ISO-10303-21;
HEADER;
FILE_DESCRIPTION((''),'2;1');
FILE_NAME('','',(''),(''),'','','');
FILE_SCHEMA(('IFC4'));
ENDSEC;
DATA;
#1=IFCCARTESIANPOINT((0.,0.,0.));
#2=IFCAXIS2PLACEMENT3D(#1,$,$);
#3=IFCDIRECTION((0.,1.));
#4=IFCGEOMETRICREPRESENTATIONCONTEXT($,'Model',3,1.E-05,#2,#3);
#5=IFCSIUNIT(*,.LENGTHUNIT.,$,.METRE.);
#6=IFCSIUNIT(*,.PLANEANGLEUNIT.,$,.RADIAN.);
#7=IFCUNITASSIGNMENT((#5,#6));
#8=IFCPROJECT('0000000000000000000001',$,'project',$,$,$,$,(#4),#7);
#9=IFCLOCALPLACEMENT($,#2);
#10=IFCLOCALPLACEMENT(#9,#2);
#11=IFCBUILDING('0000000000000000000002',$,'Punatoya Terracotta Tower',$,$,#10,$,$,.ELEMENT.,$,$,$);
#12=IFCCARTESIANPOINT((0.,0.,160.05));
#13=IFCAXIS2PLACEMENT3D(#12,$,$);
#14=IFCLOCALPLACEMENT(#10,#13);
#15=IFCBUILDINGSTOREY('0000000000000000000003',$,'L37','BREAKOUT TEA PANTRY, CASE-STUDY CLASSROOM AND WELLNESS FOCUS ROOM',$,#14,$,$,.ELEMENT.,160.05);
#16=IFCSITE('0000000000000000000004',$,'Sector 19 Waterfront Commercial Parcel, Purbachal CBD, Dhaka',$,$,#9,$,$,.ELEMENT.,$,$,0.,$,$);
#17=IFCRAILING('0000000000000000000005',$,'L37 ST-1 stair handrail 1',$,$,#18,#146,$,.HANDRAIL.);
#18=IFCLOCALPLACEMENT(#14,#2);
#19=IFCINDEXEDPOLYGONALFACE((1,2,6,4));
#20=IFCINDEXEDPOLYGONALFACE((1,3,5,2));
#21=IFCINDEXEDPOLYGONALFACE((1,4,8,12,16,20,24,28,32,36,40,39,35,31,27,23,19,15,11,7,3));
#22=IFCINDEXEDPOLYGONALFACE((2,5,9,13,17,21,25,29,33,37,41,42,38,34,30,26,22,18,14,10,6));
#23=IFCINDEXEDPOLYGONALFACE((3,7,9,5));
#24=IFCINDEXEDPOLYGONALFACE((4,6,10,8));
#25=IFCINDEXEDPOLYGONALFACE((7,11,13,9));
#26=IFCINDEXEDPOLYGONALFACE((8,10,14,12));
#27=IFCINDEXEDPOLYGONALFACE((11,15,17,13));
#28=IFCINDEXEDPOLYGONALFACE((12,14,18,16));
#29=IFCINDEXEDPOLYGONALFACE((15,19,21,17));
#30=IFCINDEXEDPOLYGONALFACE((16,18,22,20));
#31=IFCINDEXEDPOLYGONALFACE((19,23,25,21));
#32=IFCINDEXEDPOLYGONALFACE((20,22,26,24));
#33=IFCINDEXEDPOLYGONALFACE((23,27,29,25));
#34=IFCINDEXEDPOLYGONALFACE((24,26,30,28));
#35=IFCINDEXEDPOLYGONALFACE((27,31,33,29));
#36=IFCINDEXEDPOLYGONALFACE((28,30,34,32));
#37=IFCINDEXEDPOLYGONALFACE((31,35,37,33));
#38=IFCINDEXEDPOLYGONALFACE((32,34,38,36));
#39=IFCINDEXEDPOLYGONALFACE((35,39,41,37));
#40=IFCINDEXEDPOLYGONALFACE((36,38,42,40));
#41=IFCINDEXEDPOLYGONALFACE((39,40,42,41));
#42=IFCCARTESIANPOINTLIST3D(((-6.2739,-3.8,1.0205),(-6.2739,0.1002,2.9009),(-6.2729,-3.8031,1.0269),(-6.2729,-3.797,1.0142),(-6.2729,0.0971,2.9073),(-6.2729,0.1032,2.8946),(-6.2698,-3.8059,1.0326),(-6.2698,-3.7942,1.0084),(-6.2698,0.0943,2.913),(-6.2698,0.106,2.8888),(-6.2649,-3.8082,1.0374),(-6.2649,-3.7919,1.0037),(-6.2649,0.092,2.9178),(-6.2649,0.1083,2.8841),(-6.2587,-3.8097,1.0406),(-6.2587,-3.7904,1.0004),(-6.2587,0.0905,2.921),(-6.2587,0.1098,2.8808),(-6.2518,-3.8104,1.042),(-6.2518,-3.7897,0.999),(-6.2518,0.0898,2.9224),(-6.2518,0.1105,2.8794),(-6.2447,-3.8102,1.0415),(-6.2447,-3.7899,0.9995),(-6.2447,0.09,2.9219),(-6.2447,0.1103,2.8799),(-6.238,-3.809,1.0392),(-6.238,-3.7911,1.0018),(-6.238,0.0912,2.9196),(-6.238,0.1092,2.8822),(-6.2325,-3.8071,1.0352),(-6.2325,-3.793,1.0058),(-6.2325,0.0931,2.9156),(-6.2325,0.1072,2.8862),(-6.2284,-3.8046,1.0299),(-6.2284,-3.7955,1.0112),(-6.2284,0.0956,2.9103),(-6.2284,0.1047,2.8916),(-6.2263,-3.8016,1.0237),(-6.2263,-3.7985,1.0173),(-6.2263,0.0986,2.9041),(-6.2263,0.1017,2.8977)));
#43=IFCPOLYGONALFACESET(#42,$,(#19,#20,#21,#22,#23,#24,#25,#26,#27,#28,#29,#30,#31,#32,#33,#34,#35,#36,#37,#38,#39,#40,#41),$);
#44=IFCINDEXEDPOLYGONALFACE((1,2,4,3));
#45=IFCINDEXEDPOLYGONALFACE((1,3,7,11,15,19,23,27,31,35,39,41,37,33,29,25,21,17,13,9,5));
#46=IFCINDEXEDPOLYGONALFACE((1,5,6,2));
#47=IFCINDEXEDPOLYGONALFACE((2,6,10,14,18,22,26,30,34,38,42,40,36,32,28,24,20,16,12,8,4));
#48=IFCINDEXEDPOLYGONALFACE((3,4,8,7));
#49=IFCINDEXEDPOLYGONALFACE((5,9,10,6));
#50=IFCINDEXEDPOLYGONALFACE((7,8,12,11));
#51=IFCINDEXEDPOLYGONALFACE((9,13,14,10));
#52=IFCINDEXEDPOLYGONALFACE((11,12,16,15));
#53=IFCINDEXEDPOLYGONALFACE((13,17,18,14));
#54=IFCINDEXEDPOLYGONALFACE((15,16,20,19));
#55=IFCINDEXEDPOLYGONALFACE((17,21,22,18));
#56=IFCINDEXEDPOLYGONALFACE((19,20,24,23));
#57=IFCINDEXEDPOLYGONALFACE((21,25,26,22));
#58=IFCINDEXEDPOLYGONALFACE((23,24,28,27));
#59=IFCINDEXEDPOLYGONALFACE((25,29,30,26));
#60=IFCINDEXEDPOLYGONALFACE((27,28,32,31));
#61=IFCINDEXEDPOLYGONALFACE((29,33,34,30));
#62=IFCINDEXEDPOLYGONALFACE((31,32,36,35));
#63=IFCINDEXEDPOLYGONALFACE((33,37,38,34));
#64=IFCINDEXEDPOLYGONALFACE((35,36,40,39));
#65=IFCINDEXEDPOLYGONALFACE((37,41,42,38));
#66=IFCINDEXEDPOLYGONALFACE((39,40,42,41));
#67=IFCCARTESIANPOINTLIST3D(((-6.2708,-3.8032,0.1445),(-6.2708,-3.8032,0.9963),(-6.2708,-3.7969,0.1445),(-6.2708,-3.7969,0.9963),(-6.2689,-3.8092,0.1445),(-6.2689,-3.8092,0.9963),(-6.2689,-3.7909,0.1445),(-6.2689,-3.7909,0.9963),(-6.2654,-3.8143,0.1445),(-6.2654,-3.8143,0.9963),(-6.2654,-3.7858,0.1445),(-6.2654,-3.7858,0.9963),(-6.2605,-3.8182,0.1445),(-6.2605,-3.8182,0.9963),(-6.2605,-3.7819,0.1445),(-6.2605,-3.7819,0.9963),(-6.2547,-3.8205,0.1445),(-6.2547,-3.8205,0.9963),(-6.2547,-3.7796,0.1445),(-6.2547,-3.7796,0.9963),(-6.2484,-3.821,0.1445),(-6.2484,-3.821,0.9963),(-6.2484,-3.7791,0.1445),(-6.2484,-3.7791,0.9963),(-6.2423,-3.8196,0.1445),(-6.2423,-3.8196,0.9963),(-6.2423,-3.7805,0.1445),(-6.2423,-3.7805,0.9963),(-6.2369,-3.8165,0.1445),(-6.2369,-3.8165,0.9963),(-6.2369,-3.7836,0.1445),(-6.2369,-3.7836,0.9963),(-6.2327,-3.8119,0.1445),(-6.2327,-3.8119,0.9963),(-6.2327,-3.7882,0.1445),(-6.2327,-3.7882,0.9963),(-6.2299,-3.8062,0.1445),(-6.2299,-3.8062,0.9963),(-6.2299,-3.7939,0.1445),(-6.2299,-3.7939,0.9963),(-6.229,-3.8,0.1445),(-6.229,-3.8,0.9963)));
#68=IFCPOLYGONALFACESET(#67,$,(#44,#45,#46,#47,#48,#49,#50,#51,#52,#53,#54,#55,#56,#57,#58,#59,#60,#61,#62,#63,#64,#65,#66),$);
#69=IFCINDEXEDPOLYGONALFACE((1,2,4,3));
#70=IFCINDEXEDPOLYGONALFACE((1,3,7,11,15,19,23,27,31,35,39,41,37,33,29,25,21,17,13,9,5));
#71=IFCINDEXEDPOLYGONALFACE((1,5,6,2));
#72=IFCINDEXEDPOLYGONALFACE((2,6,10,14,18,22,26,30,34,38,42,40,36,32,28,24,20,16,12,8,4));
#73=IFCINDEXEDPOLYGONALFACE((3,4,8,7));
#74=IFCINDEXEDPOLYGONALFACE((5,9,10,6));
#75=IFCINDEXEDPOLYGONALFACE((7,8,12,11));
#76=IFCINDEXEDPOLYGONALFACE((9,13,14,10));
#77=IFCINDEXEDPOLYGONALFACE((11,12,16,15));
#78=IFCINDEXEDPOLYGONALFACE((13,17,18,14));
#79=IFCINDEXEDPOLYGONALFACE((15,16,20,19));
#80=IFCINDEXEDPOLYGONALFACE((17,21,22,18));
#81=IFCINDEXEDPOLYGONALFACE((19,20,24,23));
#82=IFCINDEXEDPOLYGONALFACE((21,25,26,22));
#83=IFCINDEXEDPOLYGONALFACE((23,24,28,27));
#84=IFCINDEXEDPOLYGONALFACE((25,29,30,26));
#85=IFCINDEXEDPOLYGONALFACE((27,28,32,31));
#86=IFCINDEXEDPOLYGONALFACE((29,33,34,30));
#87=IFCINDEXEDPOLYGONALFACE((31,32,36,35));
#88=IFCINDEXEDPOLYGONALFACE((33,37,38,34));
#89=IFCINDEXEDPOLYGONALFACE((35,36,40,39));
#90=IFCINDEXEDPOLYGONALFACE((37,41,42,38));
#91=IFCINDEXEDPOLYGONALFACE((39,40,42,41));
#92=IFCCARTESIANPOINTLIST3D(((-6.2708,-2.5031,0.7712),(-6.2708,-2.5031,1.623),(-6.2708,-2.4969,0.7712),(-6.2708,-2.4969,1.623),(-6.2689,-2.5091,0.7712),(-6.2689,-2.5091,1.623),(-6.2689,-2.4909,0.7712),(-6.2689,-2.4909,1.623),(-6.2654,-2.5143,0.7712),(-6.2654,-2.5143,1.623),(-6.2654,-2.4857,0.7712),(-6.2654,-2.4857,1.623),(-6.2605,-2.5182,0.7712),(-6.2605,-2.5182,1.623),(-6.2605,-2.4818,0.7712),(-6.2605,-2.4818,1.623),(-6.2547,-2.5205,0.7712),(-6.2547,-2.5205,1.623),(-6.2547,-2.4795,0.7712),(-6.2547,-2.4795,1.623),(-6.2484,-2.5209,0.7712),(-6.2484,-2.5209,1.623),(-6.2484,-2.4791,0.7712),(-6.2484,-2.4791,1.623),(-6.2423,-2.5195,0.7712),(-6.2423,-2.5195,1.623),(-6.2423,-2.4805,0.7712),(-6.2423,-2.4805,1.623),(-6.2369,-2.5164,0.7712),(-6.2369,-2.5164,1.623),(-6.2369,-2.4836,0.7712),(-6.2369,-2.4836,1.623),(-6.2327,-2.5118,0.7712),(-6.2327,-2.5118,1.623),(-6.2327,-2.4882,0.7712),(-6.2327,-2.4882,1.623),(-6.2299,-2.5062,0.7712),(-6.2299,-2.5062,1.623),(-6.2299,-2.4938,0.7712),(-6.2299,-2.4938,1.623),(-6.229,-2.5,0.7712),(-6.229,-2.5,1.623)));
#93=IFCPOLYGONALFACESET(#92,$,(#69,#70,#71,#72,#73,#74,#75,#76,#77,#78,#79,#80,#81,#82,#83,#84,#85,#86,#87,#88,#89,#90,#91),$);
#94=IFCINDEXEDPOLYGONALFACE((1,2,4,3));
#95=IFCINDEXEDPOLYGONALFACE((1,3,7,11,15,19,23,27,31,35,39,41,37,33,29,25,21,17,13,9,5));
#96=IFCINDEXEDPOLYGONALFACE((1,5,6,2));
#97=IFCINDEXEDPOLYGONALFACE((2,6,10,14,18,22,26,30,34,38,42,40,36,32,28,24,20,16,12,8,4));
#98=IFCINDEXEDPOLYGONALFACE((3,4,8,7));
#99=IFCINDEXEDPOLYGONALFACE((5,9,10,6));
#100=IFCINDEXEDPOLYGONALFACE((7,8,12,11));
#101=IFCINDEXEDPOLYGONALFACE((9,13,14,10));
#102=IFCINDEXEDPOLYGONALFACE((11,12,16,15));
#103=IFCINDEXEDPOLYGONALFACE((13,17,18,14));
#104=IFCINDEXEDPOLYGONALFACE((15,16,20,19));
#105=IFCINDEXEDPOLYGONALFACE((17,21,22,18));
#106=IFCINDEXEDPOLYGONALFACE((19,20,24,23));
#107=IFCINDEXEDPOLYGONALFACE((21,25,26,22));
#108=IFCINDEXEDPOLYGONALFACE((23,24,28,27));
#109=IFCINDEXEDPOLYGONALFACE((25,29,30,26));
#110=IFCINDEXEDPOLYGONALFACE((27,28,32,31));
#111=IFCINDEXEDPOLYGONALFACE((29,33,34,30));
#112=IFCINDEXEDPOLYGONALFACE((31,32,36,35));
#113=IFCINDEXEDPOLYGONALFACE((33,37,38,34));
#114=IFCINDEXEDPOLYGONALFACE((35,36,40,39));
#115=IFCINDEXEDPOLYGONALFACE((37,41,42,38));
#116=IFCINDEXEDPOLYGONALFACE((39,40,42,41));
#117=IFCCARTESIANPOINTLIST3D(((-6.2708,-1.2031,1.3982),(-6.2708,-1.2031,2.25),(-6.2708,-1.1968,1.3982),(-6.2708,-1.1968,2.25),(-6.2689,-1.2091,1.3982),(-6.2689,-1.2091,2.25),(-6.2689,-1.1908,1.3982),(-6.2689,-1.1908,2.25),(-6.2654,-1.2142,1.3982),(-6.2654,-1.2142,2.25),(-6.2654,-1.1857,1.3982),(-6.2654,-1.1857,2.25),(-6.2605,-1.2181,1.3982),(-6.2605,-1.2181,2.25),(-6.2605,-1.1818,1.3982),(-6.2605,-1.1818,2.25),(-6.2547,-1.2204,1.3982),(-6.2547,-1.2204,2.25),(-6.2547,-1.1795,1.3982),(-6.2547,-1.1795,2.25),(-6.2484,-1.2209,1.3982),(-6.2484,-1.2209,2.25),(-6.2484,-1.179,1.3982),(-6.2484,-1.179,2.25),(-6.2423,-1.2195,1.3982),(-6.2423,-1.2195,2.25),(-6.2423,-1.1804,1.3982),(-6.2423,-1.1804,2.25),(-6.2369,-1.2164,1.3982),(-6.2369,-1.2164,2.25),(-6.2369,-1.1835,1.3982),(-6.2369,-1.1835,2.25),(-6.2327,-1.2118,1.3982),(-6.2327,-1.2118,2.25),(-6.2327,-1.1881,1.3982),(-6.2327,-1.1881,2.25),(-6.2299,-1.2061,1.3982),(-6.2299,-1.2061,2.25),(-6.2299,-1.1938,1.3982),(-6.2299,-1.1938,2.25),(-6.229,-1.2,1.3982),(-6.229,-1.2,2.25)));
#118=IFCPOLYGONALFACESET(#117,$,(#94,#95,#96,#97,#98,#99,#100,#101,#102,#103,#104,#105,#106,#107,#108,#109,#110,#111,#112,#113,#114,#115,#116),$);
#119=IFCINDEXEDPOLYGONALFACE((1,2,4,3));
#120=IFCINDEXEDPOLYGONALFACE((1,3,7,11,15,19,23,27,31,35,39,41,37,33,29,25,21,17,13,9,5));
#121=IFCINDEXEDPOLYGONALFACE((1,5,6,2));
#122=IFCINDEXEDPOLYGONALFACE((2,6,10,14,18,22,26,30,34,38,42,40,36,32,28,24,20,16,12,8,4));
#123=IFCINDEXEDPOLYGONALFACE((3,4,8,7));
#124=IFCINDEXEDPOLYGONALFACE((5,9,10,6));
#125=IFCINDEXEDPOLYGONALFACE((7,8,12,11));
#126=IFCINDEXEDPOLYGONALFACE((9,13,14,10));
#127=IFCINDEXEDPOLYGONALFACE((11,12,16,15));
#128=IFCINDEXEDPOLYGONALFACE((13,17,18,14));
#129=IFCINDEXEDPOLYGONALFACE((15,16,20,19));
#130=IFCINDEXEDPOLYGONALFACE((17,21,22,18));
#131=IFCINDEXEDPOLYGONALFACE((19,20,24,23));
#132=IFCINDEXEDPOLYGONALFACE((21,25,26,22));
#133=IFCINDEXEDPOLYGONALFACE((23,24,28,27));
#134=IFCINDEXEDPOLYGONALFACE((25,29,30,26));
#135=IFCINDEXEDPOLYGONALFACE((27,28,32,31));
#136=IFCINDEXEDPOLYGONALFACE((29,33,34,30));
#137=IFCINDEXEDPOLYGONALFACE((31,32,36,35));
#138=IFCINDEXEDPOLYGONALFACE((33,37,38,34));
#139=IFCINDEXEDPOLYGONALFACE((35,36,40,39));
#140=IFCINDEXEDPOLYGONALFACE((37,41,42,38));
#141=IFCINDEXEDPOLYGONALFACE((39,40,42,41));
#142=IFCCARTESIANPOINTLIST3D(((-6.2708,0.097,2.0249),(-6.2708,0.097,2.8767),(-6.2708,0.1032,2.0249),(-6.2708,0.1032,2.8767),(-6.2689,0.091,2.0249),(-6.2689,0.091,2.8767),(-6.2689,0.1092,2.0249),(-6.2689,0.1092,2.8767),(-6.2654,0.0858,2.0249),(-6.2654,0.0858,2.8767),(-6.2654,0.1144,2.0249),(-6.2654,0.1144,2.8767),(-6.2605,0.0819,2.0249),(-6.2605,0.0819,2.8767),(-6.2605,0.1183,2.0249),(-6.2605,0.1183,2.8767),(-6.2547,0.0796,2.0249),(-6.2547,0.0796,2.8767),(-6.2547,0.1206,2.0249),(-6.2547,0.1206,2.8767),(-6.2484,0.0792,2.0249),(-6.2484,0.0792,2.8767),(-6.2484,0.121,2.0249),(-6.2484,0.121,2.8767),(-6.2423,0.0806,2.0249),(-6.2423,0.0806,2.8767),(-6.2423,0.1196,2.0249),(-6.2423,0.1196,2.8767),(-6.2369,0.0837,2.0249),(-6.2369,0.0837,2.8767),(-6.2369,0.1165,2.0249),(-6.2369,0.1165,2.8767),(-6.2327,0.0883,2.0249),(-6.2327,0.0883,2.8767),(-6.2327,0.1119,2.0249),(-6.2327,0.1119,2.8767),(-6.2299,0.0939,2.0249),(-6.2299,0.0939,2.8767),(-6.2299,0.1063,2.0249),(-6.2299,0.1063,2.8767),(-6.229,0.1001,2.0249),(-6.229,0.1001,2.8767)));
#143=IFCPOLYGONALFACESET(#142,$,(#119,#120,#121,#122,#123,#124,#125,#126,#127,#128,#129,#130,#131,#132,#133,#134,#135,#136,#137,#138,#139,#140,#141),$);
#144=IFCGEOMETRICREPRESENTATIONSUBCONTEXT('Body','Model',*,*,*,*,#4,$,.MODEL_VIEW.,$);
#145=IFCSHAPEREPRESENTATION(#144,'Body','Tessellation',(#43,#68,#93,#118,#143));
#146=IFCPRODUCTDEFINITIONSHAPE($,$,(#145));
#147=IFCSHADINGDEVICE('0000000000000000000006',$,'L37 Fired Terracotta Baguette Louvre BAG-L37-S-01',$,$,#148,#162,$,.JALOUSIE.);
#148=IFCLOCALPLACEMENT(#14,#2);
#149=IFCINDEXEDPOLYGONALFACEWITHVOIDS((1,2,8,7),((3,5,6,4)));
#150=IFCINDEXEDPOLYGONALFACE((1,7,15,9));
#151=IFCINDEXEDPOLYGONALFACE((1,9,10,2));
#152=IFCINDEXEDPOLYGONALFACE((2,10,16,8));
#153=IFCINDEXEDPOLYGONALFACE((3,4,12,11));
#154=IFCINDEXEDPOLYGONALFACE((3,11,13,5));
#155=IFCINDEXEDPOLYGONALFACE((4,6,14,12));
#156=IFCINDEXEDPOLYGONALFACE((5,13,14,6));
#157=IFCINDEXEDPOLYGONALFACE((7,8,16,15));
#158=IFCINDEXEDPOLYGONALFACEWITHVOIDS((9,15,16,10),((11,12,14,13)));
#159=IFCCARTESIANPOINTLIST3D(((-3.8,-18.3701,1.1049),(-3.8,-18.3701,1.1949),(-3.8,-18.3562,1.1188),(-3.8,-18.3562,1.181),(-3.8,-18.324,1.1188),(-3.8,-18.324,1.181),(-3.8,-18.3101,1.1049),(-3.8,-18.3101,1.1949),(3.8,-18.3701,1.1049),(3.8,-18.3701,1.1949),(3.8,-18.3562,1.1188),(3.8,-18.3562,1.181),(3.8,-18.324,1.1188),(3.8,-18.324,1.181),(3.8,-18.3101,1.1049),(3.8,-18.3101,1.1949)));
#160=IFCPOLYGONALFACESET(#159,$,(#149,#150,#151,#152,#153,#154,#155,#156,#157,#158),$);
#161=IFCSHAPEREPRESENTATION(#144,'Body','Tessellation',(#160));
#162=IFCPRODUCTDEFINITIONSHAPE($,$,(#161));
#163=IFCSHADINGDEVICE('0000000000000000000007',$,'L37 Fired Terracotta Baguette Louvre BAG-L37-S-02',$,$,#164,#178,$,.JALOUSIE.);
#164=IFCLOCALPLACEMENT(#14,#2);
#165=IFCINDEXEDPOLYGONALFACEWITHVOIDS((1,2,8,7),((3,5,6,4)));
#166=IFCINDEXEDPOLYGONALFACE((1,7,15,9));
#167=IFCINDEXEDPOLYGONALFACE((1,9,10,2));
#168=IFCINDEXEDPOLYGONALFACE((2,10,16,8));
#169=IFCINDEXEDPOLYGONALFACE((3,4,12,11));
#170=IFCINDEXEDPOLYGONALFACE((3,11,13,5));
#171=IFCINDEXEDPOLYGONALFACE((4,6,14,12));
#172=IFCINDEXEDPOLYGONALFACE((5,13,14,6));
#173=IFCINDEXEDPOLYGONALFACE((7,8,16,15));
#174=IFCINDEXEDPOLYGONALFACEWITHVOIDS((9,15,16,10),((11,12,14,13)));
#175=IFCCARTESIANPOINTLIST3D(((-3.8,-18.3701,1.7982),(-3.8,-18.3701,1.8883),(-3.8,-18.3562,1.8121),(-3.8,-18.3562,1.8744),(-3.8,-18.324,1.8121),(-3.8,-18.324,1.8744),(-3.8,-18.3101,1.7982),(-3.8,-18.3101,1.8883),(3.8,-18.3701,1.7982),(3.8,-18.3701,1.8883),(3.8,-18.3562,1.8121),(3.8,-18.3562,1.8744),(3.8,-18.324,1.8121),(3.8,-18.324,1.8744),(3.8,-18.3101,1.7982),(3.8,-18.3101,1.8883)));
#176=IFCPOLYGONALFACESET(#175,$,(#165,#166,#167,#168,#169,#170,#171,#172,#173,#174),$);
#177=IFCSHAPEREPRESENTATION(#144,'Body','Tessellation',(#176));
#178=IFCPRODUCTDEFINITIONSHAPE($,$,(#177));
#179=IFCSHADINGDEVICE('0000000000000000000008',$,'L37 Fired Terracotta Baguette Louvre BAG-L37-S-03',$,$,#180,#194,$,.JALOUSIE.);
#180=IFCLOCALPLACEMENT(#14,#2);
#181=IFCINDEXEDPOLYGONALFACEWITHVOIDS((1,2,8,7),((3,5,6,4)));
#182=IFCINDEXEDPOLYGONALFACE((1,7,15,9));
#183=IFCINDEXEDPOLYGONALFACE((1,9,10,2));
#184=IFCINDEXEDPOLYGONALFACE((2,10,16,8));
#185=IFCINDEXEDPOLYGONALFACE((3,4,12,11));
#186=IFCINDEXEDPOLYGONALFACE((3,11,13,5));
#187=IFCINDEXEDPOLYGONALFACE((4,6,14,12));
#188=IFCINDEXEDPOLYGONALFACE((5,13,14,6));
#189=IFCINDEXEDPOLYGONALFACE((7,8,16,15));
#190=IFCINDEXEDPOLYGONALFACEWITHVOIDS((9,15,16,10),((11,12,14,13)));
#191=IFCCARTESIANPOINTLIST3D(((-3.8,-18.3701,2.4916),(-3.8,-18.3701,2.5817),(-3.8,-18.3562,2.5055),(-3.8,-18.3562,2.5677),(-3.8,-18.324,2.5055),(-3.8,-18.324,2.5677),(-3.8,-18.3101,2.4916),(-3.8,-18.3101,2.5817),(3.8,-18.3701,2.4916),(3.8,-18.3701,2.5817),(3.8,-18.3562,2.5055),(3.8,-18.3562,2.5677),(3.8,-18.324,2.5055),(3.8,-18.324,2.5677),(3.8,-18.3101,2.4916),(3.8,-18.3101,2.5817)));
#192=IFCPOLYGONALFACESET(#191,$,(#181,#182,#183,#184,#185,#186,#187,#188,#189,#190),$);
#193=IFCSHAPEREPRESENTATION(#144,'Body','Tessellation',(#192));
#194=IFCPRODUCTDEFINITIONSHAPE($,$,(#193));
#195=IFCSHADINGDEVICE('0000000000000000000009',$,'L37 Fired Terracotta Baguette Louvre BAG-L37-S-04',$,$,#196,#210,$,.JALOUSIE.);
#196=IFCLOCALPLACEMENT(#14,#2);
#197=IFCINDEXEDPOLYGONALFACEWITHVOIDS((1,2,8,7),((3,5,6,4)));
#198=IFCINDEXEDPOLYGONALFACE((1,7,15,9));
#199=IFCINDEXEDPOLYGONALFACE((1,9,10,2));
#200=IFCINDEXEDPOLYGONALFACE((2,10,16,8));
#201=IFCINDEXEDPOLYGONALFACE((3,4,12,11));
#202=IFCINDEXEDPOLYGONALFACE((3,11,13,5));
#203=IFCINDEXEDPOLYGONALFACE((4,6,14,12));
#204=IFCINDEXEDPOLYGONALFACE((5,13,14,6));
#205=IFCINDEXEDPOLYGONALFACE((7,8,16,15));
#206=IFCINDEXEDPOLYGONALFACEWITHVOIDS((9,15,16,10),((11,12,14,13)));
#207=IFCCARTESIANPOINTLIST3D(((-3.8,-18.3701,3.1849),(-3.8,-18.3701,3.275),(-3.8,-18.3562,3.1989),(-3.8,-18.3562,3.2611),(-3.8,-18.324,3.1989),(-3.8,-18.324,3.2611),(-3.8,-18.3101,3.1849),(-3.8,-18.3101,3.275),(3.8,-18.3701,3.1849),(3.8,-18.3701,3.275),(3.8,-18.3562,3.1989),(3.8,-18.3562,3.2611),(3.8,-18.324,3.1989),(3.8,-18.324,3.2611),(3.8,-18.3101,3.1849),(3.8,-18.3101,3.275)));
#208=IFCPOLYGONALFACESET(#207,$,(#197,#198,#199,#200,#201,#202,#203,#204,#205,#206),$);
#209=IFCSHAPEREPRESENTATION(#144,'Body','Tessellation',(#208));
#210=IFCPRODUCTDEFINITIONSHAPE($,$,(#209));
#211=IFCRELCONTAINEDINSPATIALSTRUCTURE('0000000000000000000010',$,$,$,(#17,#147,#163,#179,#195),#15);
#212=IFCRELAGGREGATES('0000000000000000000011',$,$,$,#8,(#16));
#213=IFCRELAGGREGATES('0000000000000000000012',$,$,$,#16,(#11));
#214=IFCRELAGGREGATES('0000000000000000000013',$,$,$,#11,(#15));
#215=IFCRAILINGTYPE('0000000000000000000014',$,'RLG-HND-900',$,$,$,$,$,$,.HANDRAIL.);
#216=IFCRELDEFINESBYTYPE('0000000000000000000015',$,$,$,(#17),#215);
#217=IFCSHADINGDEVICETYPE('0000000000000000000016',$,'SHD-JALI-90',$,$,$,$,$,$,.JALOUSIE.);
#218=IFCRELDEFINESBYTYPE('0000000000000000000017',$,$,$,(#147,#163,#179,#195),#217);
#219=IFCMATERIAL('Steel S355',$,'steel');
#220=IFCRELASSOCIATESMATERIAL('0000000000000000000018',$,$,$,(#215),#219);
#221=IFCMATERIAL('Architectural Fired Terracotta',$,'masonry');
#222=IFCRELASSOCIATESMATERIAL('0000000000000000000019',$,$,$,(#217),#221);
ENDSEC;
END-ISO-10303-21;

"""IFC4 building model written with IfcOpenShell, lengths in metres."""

from ifc_helpers import new_model, si_unit, direction, frame, origin, origin_2d, place, context, subcontext, project, spatial, hollow_rectangle, circle, extrude, material, material_profile, profile_set, type_object, element, save


model = new_model("IFC4")

# Units and contexts
model_context = context("Model", 3, precision=1e-05, world=origin(), true_north=direction((0.0, 1.0)))
body_context = subcontext(model_context, "Body", "Model", "MODEL_VIEW")
ifc_project = project(units=[si_unit("LENGTHUNIT", "METRE"), si_unit("PLANEANGLEUNIT", "RADIAN")], contexts=[model_context])

# Site, building, storey
site_placement = place(None, origin())
site = spatial("IfcSite", under=ifc_project, at=site_placement, Name="Sector 19 Waterfront Commercial Parcel, Purbachal CBD, Dhaka", CompositionType="ELEMENT", RefElevation=0.0)
building_placement = place(site_placement, origin())
building = spatial("IfcBuilding", under=site, at=building_placement, Name="Punatoya Terracotta Tower", CompositionType="ELEMENT")
storey_placement = place(building_placement, frame((0.0, 0.0, 160.05)))
storey = spatial("IfcBuildingStorey", under=building, at=storey_placement, Name="L37", Description="BREAKOUT TEA PANTRY, CASE-STUDY CLASSROOM AND WELLNESS FOCUS ROOM", CompositionType="ELEMENT", Elevation=160.05)

# Shared definitions
ifc_material_1 = material(Name="Steel S355", Category="steel")

# Railing
railing_type_1 = type_object("IfcRailingType", Name="RLG-HND-900", PredefinedType="HANDRAIL", material=ifc_material_1)
railing_1_placement = place(storey_placement, frame((-6.25, -3.8, 0.1445)))
element("IfcRailing", 1, at=railing_1_placement, inside=storey, type_object=railing_type_1, Name="L37 ST-1 stair handrail 1", PredefinedType="HANDRAIL", context=body_context, shape_type="SweptSolid", body=[
    extrude(circle(Radius=0.0239, at=origin_2d()), frame((0.0, 0.0, 0.876), z_axis=(0.0, 0.900774, 0.434289), x_axis=(-1.0, 0.0, 0.0)), (0.0, 0.0, 1.0), 4.3298),
    extrude(circle(Radius=0.021, at=origin_2d()), origin(), (0.0, 0.0, 1.0), 0.8518),
    extrude(circle(Radius=0.021, at=origin_2d()), frame((0.0, 1.3, 0.6267)), (0.0, 0.0, 1.0), 0.8518),
    extrude(circle(Radius=0.021, at=origin_2d()), frame((0.0, 2.6001, 1.2537)), (0.0, 0.0, 1.0), 0.8518),
    extrude(circle(Radius=0.021, at=origin_2d()), frame((0.0, 3.9001, 1.8804)), (0.0, 0.0, 1.0), 0.8518),
])

# Shading devices
ifc_material_2 = material(Name="Architectural Fired Terracotta", Category="masonry")
ifc_material_profile_1 = material_profile(ifc_material_2, hollow_rectangle(XDim=0.0601, YDim=0.0901, WallThickness=0.0139, at=origin_2d()))
ifc_profile_set_1 = profile_set([ifc_material_profile_1], Name="Architectural Fired Terracotta")
shading_device_type = type_object("IfcShadingDeviceType", Name="SHD-JALI-90", PredefinedType="JALOUSIE", material=ifc_profile_set_1)
for number, where, z_axis, x_axis, name in (
    (2, (-3.8, -18.3401, 1.1499), (1.0, 0.0, 0.0), (0.0, 1.0, 0.0), "L37 Fired Terracotta Baguette Louvre BAG-L37-S-01"),
    (3, (-3.8, -18.3401, 1.8433), (1.0, 0.0, 0.0), (0.0, 1.0, 0.0), "L37 Fired Terracotta Baguette Louvre BAG-L37-S-02"),
    (4, (-3.8, -18.3401, 2.5366), (1.0, 0.0, 0.0), (0.0, 1.0, 0.0), "L37 Fired Terracotta Baguette Louvre BAG-L37-S-03"),
    (5, (-3.8, -18.3401, 3.23), (1.0, 0.0, 0.0), (0.0, 1.0, 0.0), "L37 Fired Terracotta Baguette Louvre BAG-L37-S-04"),
):
    element("IfcShadingDevice", number, at=place(storey_placement, frame(where, z_axis=z_axis, x_axis=x_axis)), inside=storey, type_object=shading_device_type, Name=name, PredefinedType="JALOUSIE", context=body_context, shape_type="SweptSolid", body=[
        extrude(hollow_rectangle(XDim=0.0601, YDim=0.0901, WallThickness=0.0139, at=origin_2d()), origin(), (0.0, 0.0, 1.0), 7.6001),
    ])

save(model, "model.ifc")
